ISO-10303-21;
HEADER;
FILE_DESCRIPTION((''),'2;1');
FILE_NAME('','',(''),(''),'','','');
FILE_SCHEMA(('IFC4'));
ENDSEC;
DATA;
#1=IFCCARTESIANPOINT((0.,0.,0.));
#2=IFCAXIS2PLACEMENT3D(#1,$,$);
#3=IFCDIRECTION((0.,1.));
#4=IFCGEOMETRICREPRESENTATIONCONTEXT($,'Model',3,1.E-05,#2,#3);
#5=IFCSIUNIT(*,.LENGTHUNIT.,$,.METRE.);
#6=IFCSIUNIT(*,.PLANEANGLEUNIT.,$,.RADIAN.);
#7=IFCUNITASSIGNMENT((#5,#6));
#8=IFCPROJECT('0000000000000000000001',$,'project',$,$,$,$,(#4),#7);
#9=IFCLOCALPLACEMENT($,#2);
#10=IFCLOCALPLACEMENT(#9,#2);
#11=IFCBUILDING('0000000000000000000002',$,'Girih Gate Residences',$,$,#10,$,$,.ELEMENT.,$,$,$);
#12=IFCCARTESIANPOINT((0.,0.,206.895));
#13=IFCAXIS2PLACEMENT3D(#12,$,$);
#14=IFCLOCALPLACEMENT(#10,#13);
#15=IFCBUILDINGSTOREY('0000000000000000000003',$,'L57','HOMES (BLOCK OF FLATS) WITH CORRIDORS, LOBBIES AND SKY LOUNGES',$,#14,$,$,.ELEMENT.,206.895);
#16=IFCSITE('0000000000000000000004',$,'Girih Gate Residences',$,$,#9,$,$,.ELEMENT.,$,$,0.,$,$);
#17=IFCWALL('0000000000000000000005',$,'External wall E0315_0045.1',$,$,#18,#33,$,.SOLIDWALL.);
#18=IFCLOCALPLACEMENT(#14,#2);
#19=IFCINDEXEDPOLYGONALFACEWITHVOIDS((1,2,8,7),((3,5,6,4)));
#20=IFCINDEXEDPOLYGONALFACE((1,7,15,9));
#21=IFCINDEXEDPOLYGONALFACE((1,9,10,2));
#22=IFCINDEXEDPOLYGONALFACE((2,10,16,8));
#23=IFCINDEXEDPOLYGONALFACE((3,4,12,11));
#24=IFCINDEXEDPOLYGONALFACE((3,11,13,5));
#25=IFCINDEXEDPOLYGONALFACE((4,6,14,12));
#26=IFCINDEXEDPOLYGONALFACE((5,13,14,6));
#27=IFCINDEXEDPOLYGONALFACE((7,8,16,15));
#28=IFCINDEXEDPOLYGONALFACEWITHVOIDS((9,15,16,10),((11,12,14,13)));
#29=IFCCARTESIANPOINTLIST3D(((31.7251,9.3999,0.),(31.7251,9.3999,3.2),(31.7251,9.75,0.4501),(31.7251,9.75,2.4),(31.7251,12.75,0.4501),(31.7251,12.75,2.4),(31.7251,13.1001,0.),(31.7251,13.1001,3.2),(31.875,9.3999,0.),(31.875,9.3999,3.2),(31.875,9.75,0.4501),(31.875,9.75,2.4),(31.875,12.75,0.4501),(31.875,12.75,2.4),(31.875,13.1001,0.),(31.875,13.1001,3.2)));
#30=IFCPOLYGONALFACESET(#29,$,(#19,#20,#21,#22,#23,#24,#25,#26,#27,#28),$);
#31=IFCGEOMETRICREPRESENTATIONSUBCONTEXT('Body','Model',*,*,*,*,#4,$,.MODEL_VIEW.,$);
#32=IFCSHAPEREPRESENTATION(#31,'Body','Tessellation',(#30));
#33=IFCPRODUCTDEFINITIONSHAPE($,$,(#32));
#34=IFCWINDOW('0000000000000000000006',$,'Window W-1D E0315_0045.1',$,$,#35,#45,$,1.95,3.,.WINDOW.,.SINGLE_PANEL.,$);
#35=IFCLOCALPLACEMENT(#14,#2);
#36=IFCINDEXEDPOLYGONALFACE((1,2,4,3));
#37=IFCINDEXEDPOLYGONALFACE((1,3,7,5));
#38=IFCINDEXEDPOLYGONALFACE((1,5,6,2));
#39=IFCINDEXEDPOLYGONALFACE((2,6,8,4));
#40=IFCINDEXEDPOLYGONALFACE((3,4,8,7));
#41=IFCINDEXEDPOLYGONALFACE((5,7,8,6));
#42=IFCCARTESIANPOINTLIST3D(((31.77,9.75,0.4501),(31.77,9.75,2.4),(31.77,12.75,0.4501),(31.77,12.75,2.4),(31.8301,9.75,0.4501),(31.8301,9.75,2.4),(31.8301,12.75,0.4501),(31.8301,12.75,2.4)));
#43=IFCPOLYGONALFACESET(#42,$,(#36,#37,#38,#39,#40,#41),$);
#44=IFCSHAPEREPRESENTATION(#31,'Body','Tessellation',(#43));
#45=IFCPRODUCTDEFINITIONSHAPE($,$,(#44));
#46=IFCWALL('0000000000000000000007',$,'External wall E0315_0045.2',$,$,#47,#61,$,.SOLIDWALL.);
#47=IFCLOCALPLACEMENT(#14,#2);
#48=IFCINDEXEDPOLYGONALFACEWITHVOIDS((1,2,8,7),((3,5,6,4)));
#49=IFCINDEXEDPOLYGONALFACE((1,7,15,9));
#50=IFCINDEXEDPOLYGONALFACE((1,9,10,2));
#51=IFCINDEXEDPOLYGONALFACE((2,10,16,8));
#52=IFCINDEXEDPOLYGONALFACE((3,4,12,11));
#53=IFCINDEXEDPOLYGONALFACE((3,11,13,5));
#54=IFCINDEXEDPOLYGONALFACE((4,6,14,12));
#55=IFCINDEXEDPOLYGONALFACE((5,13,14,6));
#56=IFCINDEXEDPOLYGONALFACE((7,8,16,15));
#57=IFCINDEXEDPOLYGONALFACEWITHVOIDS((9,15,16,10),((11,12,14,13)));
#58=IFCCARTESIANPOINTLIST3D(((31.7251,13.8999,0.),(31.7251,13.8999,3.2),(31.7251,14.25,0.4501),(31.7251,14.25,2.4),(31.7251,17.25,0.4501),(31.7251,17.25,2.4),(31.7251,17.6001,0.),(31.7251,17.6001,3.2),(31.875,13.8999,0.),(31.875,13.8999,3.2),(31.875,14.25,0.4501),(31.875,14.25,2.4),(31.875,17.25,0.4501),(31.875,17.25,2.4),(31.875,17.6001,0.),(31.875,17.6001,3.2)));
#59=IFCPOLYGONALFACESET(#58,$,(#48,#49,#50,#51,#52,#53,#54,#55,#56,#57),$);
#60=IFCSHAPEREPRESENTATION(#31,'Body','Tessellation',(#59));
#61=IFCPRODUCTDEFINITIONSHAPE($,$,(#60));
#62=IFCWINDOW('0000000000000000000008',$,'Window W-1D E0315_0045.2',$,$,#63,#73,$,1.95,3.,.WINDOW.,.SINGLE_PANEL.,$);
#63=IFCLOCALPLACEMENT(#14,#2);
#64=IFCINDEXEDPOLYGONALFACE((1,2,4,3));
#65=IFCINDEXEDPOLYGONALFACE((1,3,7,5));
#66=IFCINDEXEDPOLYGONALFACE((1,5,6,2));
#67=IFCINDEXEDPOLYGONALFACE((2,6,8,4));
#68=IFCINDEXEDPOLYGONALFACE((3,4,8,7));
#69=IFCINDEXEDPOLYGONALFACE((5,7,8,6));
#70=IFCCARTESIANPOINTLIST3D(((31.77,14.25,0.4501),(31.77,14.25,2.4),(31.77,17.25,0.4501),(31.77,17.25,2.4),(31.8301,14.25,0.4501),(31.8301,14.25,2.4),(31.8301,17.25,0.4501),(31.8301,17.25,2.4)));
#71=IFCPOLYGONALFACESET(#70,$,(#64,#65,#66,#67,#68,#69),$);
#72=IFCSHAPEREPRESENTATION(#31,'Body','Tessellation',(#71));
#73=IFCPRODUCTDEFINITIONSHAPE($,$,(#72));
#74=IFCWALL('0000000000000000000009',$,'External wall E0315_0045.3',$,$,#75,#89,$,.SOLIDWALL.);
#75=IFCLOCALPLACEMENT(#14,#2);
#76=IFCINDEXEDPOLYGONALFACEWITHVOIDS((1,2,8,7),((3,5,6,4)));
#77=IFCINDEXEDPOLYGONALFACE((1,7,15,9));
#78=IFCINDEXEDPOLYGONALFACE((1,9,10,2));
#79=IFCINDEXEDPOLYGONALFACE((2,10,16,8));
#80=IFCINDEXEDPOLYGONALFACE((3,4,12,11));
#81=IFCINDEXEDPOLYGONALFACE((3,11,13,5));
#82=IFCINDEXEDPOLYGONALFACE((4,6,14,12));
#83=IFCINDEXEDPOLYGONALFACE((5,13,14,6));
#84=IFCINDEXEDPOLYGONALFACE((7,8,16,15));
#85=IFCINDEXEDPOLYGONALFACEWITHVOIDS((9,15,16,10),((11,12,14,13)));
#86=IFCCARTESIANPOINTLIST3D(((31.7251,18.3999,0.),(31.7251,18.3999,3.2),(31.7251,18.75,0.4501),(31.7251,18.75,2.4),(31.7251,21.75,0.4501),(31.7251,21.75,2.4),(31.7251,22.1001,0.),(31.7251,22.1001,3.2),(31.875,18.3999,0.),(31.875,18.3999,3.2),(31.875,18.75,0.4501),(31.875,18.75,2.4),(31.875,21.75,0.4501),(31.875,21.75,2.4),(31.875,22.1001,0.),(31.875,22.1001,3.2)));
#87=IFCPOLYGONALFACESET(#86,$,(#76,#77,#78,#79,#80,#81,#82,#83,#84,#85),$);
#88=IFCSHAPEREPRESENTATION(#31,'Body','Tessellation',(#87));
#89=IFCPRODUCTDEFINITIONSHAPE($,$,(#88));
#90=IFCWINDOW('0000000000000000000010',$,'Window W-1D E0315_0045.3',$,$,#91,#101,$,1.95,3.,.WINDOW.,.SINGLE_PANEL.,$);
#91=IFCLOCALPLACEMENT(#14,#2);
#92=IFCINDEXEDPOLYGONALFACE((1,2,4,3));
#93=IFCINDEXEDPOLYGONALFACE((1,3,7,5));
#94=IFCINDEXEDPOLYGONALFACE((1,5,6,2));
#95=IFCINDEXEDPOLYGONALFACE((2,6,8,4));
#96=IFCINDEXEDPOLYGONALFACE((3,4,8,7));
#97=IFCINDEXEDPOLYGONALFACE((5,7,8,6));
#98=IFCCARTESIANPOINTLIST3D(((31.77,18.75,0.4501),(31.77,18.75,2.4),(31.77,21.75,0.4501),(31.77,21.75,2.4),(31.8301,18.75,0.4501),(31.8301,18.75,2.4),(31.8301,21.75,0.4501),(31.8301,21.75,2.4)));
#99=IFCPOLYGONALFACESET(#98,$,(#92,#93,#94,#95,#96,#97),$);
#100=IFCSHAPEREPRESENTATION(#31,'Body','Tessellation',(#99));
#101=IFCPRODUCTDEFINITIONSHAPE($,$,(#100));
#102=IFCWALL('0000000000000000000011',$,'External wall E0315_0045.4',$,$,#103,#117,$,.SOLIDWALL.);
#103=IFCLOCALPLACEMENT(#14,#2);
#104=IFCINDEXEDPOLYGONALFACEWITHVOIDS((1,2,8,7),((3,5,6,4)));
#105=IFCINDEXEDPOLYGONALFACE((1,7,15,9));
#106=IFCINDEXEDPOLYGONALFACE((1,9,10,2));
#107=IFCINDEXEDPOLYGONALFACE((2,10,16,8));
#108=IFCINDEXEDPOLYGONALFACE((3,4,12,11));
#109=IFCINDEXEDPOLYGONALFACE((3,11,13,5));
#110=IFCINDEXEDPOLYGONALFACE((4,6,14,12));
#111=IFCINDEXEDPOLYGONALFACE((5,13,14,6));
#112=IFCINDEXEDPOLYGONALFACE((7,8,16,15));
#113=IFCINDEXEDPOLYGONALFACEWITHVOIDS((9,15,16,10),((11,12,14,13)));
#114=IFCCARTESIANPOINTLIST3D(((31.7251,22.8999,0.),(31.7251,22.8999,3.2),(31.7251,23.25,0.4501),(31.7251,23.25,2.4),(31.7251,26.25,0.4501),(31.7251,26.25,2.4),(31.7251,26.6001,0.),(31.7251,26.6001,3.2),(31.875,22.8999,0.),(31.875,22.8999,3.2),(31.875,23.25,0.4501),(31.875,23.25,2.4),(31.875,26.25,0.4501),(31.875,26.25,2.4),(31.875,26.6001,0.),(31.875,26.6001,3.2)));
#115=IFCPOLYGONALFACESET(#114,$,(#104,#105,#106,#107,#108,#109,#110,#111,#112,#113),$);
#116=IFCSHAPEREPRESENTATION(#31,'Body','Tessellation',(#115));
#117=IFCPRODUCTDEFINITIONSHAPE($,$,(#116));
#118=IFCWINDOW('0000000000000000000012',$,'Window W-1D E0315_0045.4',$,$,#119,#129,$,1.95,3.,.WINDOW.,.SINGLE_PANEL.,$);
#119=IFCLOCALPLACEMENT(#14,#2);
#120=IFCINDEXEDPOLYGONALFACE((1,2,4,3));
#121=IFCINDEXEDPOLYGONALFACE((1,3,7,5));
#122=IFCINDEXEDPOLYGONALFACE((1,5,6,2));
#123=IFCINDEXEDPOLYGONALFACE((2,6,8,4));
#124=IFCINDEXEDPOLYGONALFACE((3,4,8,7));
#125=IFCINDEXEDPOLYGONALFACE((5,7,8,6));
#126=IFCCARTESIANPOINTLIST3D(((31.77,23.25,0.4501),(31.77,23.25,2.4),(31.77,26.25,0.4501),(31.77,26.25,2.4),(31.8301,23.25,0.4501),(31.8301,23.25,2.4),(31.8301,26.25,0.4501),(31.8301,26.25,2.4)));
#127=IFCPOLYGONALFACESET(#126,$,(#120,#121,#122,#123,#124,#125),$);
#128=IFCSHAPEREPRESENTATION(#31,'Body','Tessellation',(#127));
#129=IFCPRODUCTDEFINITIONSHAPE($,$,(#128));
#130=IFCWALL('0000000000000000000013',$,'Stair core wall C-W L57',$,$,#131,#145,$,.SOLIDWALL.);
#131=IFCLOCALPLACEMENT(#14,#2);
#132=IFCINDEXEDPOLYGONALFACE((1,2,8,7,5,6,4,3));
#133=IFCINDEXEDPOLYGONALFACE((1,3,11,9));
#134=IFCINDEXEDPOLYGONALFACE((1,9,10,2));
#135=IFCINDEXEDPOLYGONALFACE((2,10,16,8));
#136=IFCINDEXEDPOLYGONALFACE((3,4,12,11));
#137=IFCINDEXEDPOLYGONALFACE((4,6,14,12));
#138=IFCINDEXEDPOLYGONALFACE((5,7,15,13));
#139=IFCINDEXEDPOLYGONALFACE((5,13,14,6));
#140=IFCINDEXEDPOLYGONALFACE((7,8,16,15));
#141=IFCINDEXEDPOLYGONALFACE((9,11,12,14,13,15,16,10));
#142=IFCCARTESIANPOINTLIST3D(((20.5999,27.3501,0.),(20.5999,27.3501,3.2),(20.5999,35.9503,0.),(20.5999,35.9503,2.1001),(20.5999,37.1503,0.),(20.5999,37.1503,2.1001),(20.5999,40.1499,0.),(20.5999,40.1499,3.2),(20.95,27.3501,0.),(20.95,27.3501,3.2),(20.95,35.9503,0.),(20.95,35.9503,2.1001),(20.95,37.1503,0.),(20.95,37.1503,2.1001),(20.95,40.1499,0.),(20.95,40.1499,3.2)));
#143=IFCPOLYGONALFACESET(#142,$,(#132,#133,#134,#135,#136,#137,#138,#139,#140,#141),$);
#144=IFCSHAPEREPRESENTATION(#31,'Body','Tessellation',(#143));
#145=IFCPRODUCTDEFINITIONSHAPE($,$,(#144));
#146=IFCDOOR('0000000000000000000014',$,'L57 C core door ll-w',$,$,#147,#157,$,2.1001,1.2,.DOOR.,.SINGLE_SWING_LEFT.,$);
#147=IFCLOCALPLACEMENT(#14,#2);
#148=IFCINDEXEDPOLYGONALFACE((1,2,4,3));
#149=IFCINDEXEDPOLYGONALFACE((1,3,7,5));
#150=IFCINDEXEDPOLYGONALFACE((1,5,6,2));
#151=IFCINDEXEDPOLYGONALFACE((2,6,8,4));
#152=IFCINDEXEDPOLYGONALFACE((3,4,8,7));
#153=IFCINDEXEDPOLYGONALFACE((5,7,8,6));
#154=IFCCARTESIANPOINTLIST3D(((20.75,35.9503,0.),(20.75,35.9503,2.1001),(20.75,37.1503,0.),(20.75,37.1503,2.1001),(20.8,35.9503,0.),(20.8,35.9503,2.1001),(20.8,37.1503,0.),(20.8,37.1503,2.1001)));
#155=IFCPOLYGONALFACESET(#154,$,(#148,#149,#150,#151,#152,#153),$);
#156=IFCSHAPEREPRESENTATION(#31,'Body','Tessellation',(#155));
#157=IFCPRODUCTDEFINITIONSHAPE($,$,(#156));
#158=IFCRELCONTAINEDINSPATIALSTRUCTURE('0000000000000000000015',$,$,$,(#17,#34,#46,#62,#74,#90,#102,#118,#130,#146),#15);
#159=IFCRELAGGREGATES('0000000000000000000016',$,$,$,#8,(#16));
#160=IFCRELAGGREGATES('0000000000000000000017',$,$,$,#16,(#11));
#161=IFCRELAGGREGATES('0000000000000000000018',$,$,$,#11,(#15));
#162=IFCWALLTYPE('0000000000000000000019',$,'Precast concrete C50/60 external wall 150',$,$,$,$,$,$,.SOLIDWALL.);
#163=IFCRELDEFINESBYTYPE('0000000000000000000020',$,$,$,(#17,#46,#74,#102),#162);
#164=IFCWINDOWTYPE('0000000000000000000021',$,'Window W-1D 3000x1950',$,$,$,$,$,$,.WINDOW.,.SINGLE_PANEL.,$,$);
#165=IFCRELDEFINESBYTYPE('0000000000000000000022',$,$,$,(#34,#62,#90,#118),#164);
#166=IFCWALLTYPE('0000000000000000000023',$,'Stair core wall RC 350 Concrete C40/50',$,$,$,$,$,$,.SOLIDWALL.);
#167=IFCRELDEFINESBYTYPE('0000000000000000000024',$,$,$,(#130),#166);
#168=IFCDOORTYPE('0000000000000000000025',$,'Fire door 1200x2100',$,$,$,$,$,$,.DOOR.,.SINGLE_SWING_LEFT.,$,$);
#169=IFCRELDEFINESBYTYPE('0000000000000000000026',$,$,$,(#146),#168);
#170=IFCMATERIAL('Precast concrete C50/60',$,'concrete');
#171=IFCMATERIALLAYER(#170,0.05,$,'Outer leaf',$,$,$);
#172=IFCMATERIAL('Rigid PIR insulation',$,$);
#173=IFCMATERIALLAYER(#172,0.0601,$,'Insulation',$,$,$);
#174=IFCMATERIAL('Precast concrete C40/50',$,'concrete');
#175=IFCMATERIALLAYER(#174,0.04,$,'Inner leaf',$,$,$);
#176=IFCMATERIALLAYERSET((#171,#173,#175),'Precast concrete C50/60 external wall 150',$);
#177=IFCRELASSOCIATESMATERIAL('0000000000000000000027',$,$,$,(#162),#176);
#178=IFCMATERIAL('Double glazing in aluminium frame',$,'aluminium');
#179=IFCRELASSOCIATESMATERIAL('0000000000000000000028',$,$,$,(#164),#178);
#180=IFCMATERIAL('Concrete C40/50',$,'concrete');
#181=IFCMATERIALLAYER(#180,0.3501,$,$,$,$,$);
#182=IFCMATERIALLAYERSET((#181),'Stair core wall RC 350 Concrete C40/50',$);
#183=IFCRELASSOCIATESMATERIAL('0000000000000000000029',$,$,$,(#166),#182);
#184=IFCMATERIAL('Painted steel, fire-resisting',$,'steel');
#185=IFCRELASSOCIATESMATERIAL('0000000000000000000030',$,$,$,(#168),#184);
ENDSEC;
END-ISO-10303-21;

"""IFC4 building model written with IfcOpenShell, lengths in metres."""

from ifc_helpers import new_model, si_unit, direction, frame, frame_2d, origin, place, context, subcontext, project, spatial, rectangle, extrude, material, layer, layer_set, type_object, element, fill, save


model = new_model("IFC4")

# Units and contexts
model_context = context("Model", 3, precision=1e-05, world=origin(), true_north=direction((0.0, 1.0)))
body_context = subcontext(model_context, "Body", "Model", "MODEL_VIEW")
ifc_project = project(units=[si_unit("LENGTHUNIT", "METRE"), si_unit("PLANEANGLEUNIT", "RADIAN")], contexts=[model_context])

# Site, building, storey
site_placement = place(None, origin())
site = spatial("IfcSite", under=ifc_project, at=site_placement, Name="Girih Gate Residences", CompositionType="ELEMENT", RefElevation=0.0)
building_placement = place(site_placement, origin())
building = spatial("IfcBuilding", under=site, at=building_placement, Name="Girih Gate Residences", CompositionType="ELEMENT")
storey_placement = place(building_placement, frame((0.0, 0.0, 206.895)))
storey = spatial("IfcBuildingStorey", under=building, at=storey_placement, Name="L57", Description="HOMES (BLOCK OF FLATS) WITH CORRIDORS, LOBBIES AND SKY LOUNGES", CompositionType="ELEMENT", Elevation=206.895)

# Walls, openings, windows
ifc_material_1 = material(Name="Precast concrete C50/60", Category="concrete")
ifc_layer_1 = layer(ifc_material_1, 0.05, Name="Outer leaf")
ifc_material_2 = material(Name="Rigid PIR insulation")
ifc_layer_2 = layer(ifc_material_2, 0.0601, Name="Insulation")
ifc_material_3 = material(Name="Precast concrete C40/50", Category="concrete")
ifc_layer_3 = layer(ifc_material_3, 0.04, Name="Inner leaf")
ifc_layer_set_1 = layer_set([ifc_layer_1, ifc_layer_2, ifc_layer_3], Name="Precast concrete C50/60 external wall 150")
wall_type_1 = type_object("IfcWallType", Name="Precast concrete C50/60 external wall 150", PredefinedType="SOLIDWALL", material=ifc_layer_set_1)
wall_1_placement = place(storey_placement, frame((31.8, 13.1001, 0.0), z_axis=(0.0, 0.0, 1.0), x_axis=(0.0, -1.0, 0.0)))
wall_1 = element("IfcWall", 1, at=wall_1_placement, inside=storey, type_object=wall_type_1, Name="External wall E0315_0045.1", PredefinedType="SOLIDWALL", context=body_context, shape_type="SweptSolid", body=[
    extrude(rectangle(XDim=3.7002, YDim=0.1499, at=frame_2d((1.8501, 0.0))), origin(), (0.0, 0.0, 1.0), 3.2),
])
opening_1_placement = place(wall_1_placement, frame((0.3501, 0.0, 0.45)))
opening_1 = element("IfcOpeningElement", 2, at=opening_1_placement, cuts=wall_1, PredefinedType="OPENING", context=body_context, shape_type="SweptSolid", body=[
    extrude(rectangle(XDim=3.0, YDim=1.95, at=frame_2d((1.5, 0.9751))), frame((0.0, 0.085, 0.0), z_axis=(0.0, -1.0, 0.0), x_axis=(1.0, 0.0, 0.0)), (0.0, 0.0, 1.0), 0.1699),
])
ifc_material_4 = material(Name="Double glazing in aluminium frame", Category="aluminium")
window_type = type_object("IfcWindowType", Name="Window W-1D 3000x1950", PartitioningType="SINGLE_PANEL", PredefinedType="WINDOW", material=ifc_material_4)
window_1_placement = place(opening_1_placement, origin())
window_1 = element("IfcWindow", 3, at=window_1_placement, inside=storey, type_object=window_type, Name="Window W-1D E0315_0045.1", OverallHeight=1.95, OverallWidth=3.0, PartitioningType="SINGLE_PANEL", PredefinedType="WINDOW", context=body_context, shape_type="SweptSolid", body=[
    extrude(rectangle(XDim=3.0, YDim=1.95, at=frame_2d((1.5, 0.9751))), frame((0.0, 0.03, 0.0), z_axis=(0.0, -1.0, 0.0), x_axis=(1.0, 0.0, 0.0)), (0.0, 0.0, 1.0), 0.0601),
])
fill(opening_1, window_1)
wall_2_placement = place(storey_placement, frame((31.8, 17.6001, 0.0), z_axis=(0.0, 0.0, 1.0), x_axis=(0.0, -1.0, 0.0)))
wall_2 = element("IfcWall", 4, at=wall_2_placement, inside=storey, type_object=wall_type_1, Name="External wall E0315_0045.2", PredefinedType="SOLIDWALL", context=body_context, shape_type="SweptSolid", body=[
    extrude(rectangle(XDim=3.7002, YDim=0.1499, at=frame_2d((1.8501, 0.0))), origin(), (0.0, 0.0, 1.0), 3.2),
])
opening_2_placement = place(wall_2_placement, frame((0.3501, 0.0, 0.45)))
opening_2 = element("IfcOpeningElement", 5, at=opening_2_placement, cuts=wall_2, PredefinedType="OPENING", context=body_context, shape_type="SweptSolid", body=[
    extrude(rectangle(XDim=3.0, YDim=1.95, at=frame_2d((1.5, 0.9751))), frame((0.0, 0.085, 0.0), z_axis=(0.0, -1.0, 0.0), x_axis=(1.0, 0.0, 0.0)), (0.0, 0.0, 1.0), 0.1699),
])
window_2_placement = place(opening_2_placement, origin())
window_2 = element("IfcWindow", 6, at=window_2_placement, inside=storey, type_object=window_type, Name="Window W-1D E0315_0045.2", OverallHeight=1.95, OverallWidth=3.0, PartitioningType="SINGLE_PANEL", PredefinedType="WINDOW", context=body_context, shape_type="SweptSolid", body=[
    extrude(rectangle(XDim=3.0, YDim=1.95, at=frame_2d((1.5, 0.9751))), frame((0.0, 0.03, 0.0), z_axis=(0.0, -1.0, 0.0), x_axis=(1.0, 0.0, 0.0)), (0.0, 0.0, 1.0), 0.0601),
])
fill(opening_2, window_2)
wall_3_placement = place(storey_placement, frame((31.8, 22.1001, 0.0), z_axis=(0.0, 0.0, 1.0), x_axis=(0.0, -1.0, 0.0)))
wall_3 = element("IfcWall", 7, at=wall_3_placement, inside=storey, type_object=wall_type_1, Name="External wall E0315_0045.3", PredefinedType="SOLIDWALL", context=body_context, shape_type="SweptSolid", body=[
    extrude(rectangle(XDim=3.7002, YDim=0.1499, at=frame_2d((1.8501, 0.0))), origin(), (0.0, 0.0, 1.0), 3.2),
])
opening_3_placement = place(wall_3_placement, frame((0.3501, 0.0, 0.45)))
opening_3 = element("IfcOpeningElement", 8, at=opening_3_placement, cuts=wall_3, PredefinedType="OPENING", context=body_context, shape_type="SweptSolid", body=[
    extrude(rectangle(XDim=3.0, YDim=1.95, at=frame_2d((1.5, 0.9751))), frame((0.0, 0.085, 0.0), z_axis=(0.0, -1.0, 0.0), x_axis=(1.0, 0.0, 0.0)), (0.0, 0.0, 1.0), 0.1699),
])
window_3_placement = place(opening_3_placement, origin())
window_3 = element("IfcWindow", 9, at=window_3_placement, inside=storey, type_object=window_type, Name="Window W-1D E0315_0045.3", OverallHeight=1.95, OverallWidth=3.0, PartitioningType="SINGLE_PANEL", PredefinedType="WINDOW", context=body_context, shape_type="SweptSolid", body=[
    extrude(rectangle(XDim=3.0, YDim=1.95, at=frame_2d((1.5, 0.9751))), frame((0.0, 0.03, 0.0), z_axis=(0.0, -1.0, 0.0), x_axis=(1.0, 0.0, 0.0)), (0.0, 0.0, 1.0), 0.0601),
])
fill(opening_3, window_3)
wall_4_placement = place(storey_placement, frame((31.8, 26.6001, 0.0), z_axis=(0.0, 0.0, 1.0), x_axis=(0.0, -1.0, 0.0)))
wall_4 = element("IfcWall", 10, at=wall_4_placement, inside=storey, type_object=wall_type_1, Name="External wall E0315_0045.4", PredefinedType="SOLIDWALL", context=body_context, shape_type="SweptSolid", body=[
    extrude(rectangle(XDim=3.7002, YDim=0.1499, at=frame_2d((1.8501, 0.0))), origin(), (0.0, 0.0, 1.0), 3.2),
])
opening_4_placement = place(wall_4_placement, frame((0.3501, 0.0, 0.45)))
opening_4 = element("IfcOpeningElement", 11, at=opening_4_placement, cuts=wall_4, PredefinedType="OPENING", context=body_context, shape_type="SweptSolid", body=[
    extrude(rectangle(XDim=3.0, YDim=1.95, at=frame_2d((1.5, 0.9751))), frame((0.0, 0.085, 0.0), z_axis=(0.0, -1.0, 0.0), x_axis=(1.0, 0.0, 0.0)), (0.0, 0.0, 1.0), 0.1699),
])
window_4_placement = place(opening_4_placement, origin())
window_4 = element("IfcWindow", 12, at=window_4_placement, inside=storey, type_object=window_type, Name="Window W-1D E0315_0045.4", OverallHeight=1.95, OverallWidth=3.0, PartitioningType="SINGLE_PANEL", PredefinedType="WINDOW", context=body_context, shape_type="SweptSolid", body=[
    extrude(rectangle(XDim=3.0, YDim=1.95, at=frame_2d((1.5, 0.9751))), frame((0.0, 0.03, 0.0), z_axis=(0.0, -1.0, 0.0), x_axis=(1.0, 0.0, 0.0)), (0.0, 0.0, 1.0), 0.0601),
])
fill(opening_4, window_4)

# Wall, opening, door
ifc_material_5 = material(Name="Concrete C40/50", Category="concrete")
ifc_layer_4 = layer(ifc_material_5, 0.3501)
ifc_layer_set_2 = layer_set([ifc_layer_4], Name="Stair core wall RC 350 Concrete C40/50")
wall_type_2 = type_object("IfcWallType", Name="Stair core wall RC 350 Concrete C40/50", PredefinedType="SOLIDWALL", material=ifc_layer_set_2)
wall_5_placement = place(storey_placement, frame((20.7749, 27.3501, 0.0), z_axis=(0.0, 0.0, 1.0), x_axis=(0.0, 1.0, 0.0)))
wall_5 = element("IfcWall", 13, at=wall_5_placement, inside=storey, type_object=wall_type_2, Name="Stair core wall C-W L57", PredefinedType="SOLIDWALL", context=body_context, shape_type="SweptSolid", body=[
    extrude(rectangle(XDim=12.7998, YDim=0.3501, at=frame_2d((6.3999, 0.0))), origin(), (0.0, 0.0, 1.0), 3.2),
])
opening_5_placement = place(wall_5_placement, frame((8.6001, 0.0, 0.0)))
opening_5 = element("IfcOpeningElement", 14, at=opening_5_placement, cuts=wall_5, PredefinedType="OPENING", context=body_context, shape_type="SweptSolid", body=[
    extrude(rectangle(XDim=1.2, YDim=2.1001, at=frame_2d((0.6001, 1.05))), frame((0.0, 0.1851, 0.0), z_axis=(0.0, -1.0, 0.0), x_axis=(1.0, 0.0, 0.0)), (0.0, 0.0, 1.0), 0.3701),
])
ifc_material_6 = material(Name="Painted steel, fire-resisting", Category="steel")
door_type_1 = type_object("IfcDoorType", Name="Fire door 1200x2100", OperationType="SINGLE_SWING_LEFT", PredefinedType="DOOR", material=ifc_material_6)
door_1_placement = place(opening_5_placement, origin())
door_1 = element("IfcDoor", 15, at=door_1_placement, inside=storey, type_object=door_type_1, Name="L57 C core door ll-w", OperationType="SINGLE_SWING_LEFT", OverallHeight=2.1001, OverallWidth=1.2, PredefinedType="DOOR", context=body_context, shape_type="SweptSolid", body=[
    extrude(rectangle(XDim=1.2, YDim=2.1001, at=frame_2d((0.6001, 1.05))), frame((0.0, 0.0249, 0.0), z_axis=(0.0, -1.0, 0.0), x_axis=(1.0, 0.0, 0.0)), (0.0, 0.0, 1.0), 0.05),
])
fill(opening_5, door_1)

save(model, "model.ifc")
